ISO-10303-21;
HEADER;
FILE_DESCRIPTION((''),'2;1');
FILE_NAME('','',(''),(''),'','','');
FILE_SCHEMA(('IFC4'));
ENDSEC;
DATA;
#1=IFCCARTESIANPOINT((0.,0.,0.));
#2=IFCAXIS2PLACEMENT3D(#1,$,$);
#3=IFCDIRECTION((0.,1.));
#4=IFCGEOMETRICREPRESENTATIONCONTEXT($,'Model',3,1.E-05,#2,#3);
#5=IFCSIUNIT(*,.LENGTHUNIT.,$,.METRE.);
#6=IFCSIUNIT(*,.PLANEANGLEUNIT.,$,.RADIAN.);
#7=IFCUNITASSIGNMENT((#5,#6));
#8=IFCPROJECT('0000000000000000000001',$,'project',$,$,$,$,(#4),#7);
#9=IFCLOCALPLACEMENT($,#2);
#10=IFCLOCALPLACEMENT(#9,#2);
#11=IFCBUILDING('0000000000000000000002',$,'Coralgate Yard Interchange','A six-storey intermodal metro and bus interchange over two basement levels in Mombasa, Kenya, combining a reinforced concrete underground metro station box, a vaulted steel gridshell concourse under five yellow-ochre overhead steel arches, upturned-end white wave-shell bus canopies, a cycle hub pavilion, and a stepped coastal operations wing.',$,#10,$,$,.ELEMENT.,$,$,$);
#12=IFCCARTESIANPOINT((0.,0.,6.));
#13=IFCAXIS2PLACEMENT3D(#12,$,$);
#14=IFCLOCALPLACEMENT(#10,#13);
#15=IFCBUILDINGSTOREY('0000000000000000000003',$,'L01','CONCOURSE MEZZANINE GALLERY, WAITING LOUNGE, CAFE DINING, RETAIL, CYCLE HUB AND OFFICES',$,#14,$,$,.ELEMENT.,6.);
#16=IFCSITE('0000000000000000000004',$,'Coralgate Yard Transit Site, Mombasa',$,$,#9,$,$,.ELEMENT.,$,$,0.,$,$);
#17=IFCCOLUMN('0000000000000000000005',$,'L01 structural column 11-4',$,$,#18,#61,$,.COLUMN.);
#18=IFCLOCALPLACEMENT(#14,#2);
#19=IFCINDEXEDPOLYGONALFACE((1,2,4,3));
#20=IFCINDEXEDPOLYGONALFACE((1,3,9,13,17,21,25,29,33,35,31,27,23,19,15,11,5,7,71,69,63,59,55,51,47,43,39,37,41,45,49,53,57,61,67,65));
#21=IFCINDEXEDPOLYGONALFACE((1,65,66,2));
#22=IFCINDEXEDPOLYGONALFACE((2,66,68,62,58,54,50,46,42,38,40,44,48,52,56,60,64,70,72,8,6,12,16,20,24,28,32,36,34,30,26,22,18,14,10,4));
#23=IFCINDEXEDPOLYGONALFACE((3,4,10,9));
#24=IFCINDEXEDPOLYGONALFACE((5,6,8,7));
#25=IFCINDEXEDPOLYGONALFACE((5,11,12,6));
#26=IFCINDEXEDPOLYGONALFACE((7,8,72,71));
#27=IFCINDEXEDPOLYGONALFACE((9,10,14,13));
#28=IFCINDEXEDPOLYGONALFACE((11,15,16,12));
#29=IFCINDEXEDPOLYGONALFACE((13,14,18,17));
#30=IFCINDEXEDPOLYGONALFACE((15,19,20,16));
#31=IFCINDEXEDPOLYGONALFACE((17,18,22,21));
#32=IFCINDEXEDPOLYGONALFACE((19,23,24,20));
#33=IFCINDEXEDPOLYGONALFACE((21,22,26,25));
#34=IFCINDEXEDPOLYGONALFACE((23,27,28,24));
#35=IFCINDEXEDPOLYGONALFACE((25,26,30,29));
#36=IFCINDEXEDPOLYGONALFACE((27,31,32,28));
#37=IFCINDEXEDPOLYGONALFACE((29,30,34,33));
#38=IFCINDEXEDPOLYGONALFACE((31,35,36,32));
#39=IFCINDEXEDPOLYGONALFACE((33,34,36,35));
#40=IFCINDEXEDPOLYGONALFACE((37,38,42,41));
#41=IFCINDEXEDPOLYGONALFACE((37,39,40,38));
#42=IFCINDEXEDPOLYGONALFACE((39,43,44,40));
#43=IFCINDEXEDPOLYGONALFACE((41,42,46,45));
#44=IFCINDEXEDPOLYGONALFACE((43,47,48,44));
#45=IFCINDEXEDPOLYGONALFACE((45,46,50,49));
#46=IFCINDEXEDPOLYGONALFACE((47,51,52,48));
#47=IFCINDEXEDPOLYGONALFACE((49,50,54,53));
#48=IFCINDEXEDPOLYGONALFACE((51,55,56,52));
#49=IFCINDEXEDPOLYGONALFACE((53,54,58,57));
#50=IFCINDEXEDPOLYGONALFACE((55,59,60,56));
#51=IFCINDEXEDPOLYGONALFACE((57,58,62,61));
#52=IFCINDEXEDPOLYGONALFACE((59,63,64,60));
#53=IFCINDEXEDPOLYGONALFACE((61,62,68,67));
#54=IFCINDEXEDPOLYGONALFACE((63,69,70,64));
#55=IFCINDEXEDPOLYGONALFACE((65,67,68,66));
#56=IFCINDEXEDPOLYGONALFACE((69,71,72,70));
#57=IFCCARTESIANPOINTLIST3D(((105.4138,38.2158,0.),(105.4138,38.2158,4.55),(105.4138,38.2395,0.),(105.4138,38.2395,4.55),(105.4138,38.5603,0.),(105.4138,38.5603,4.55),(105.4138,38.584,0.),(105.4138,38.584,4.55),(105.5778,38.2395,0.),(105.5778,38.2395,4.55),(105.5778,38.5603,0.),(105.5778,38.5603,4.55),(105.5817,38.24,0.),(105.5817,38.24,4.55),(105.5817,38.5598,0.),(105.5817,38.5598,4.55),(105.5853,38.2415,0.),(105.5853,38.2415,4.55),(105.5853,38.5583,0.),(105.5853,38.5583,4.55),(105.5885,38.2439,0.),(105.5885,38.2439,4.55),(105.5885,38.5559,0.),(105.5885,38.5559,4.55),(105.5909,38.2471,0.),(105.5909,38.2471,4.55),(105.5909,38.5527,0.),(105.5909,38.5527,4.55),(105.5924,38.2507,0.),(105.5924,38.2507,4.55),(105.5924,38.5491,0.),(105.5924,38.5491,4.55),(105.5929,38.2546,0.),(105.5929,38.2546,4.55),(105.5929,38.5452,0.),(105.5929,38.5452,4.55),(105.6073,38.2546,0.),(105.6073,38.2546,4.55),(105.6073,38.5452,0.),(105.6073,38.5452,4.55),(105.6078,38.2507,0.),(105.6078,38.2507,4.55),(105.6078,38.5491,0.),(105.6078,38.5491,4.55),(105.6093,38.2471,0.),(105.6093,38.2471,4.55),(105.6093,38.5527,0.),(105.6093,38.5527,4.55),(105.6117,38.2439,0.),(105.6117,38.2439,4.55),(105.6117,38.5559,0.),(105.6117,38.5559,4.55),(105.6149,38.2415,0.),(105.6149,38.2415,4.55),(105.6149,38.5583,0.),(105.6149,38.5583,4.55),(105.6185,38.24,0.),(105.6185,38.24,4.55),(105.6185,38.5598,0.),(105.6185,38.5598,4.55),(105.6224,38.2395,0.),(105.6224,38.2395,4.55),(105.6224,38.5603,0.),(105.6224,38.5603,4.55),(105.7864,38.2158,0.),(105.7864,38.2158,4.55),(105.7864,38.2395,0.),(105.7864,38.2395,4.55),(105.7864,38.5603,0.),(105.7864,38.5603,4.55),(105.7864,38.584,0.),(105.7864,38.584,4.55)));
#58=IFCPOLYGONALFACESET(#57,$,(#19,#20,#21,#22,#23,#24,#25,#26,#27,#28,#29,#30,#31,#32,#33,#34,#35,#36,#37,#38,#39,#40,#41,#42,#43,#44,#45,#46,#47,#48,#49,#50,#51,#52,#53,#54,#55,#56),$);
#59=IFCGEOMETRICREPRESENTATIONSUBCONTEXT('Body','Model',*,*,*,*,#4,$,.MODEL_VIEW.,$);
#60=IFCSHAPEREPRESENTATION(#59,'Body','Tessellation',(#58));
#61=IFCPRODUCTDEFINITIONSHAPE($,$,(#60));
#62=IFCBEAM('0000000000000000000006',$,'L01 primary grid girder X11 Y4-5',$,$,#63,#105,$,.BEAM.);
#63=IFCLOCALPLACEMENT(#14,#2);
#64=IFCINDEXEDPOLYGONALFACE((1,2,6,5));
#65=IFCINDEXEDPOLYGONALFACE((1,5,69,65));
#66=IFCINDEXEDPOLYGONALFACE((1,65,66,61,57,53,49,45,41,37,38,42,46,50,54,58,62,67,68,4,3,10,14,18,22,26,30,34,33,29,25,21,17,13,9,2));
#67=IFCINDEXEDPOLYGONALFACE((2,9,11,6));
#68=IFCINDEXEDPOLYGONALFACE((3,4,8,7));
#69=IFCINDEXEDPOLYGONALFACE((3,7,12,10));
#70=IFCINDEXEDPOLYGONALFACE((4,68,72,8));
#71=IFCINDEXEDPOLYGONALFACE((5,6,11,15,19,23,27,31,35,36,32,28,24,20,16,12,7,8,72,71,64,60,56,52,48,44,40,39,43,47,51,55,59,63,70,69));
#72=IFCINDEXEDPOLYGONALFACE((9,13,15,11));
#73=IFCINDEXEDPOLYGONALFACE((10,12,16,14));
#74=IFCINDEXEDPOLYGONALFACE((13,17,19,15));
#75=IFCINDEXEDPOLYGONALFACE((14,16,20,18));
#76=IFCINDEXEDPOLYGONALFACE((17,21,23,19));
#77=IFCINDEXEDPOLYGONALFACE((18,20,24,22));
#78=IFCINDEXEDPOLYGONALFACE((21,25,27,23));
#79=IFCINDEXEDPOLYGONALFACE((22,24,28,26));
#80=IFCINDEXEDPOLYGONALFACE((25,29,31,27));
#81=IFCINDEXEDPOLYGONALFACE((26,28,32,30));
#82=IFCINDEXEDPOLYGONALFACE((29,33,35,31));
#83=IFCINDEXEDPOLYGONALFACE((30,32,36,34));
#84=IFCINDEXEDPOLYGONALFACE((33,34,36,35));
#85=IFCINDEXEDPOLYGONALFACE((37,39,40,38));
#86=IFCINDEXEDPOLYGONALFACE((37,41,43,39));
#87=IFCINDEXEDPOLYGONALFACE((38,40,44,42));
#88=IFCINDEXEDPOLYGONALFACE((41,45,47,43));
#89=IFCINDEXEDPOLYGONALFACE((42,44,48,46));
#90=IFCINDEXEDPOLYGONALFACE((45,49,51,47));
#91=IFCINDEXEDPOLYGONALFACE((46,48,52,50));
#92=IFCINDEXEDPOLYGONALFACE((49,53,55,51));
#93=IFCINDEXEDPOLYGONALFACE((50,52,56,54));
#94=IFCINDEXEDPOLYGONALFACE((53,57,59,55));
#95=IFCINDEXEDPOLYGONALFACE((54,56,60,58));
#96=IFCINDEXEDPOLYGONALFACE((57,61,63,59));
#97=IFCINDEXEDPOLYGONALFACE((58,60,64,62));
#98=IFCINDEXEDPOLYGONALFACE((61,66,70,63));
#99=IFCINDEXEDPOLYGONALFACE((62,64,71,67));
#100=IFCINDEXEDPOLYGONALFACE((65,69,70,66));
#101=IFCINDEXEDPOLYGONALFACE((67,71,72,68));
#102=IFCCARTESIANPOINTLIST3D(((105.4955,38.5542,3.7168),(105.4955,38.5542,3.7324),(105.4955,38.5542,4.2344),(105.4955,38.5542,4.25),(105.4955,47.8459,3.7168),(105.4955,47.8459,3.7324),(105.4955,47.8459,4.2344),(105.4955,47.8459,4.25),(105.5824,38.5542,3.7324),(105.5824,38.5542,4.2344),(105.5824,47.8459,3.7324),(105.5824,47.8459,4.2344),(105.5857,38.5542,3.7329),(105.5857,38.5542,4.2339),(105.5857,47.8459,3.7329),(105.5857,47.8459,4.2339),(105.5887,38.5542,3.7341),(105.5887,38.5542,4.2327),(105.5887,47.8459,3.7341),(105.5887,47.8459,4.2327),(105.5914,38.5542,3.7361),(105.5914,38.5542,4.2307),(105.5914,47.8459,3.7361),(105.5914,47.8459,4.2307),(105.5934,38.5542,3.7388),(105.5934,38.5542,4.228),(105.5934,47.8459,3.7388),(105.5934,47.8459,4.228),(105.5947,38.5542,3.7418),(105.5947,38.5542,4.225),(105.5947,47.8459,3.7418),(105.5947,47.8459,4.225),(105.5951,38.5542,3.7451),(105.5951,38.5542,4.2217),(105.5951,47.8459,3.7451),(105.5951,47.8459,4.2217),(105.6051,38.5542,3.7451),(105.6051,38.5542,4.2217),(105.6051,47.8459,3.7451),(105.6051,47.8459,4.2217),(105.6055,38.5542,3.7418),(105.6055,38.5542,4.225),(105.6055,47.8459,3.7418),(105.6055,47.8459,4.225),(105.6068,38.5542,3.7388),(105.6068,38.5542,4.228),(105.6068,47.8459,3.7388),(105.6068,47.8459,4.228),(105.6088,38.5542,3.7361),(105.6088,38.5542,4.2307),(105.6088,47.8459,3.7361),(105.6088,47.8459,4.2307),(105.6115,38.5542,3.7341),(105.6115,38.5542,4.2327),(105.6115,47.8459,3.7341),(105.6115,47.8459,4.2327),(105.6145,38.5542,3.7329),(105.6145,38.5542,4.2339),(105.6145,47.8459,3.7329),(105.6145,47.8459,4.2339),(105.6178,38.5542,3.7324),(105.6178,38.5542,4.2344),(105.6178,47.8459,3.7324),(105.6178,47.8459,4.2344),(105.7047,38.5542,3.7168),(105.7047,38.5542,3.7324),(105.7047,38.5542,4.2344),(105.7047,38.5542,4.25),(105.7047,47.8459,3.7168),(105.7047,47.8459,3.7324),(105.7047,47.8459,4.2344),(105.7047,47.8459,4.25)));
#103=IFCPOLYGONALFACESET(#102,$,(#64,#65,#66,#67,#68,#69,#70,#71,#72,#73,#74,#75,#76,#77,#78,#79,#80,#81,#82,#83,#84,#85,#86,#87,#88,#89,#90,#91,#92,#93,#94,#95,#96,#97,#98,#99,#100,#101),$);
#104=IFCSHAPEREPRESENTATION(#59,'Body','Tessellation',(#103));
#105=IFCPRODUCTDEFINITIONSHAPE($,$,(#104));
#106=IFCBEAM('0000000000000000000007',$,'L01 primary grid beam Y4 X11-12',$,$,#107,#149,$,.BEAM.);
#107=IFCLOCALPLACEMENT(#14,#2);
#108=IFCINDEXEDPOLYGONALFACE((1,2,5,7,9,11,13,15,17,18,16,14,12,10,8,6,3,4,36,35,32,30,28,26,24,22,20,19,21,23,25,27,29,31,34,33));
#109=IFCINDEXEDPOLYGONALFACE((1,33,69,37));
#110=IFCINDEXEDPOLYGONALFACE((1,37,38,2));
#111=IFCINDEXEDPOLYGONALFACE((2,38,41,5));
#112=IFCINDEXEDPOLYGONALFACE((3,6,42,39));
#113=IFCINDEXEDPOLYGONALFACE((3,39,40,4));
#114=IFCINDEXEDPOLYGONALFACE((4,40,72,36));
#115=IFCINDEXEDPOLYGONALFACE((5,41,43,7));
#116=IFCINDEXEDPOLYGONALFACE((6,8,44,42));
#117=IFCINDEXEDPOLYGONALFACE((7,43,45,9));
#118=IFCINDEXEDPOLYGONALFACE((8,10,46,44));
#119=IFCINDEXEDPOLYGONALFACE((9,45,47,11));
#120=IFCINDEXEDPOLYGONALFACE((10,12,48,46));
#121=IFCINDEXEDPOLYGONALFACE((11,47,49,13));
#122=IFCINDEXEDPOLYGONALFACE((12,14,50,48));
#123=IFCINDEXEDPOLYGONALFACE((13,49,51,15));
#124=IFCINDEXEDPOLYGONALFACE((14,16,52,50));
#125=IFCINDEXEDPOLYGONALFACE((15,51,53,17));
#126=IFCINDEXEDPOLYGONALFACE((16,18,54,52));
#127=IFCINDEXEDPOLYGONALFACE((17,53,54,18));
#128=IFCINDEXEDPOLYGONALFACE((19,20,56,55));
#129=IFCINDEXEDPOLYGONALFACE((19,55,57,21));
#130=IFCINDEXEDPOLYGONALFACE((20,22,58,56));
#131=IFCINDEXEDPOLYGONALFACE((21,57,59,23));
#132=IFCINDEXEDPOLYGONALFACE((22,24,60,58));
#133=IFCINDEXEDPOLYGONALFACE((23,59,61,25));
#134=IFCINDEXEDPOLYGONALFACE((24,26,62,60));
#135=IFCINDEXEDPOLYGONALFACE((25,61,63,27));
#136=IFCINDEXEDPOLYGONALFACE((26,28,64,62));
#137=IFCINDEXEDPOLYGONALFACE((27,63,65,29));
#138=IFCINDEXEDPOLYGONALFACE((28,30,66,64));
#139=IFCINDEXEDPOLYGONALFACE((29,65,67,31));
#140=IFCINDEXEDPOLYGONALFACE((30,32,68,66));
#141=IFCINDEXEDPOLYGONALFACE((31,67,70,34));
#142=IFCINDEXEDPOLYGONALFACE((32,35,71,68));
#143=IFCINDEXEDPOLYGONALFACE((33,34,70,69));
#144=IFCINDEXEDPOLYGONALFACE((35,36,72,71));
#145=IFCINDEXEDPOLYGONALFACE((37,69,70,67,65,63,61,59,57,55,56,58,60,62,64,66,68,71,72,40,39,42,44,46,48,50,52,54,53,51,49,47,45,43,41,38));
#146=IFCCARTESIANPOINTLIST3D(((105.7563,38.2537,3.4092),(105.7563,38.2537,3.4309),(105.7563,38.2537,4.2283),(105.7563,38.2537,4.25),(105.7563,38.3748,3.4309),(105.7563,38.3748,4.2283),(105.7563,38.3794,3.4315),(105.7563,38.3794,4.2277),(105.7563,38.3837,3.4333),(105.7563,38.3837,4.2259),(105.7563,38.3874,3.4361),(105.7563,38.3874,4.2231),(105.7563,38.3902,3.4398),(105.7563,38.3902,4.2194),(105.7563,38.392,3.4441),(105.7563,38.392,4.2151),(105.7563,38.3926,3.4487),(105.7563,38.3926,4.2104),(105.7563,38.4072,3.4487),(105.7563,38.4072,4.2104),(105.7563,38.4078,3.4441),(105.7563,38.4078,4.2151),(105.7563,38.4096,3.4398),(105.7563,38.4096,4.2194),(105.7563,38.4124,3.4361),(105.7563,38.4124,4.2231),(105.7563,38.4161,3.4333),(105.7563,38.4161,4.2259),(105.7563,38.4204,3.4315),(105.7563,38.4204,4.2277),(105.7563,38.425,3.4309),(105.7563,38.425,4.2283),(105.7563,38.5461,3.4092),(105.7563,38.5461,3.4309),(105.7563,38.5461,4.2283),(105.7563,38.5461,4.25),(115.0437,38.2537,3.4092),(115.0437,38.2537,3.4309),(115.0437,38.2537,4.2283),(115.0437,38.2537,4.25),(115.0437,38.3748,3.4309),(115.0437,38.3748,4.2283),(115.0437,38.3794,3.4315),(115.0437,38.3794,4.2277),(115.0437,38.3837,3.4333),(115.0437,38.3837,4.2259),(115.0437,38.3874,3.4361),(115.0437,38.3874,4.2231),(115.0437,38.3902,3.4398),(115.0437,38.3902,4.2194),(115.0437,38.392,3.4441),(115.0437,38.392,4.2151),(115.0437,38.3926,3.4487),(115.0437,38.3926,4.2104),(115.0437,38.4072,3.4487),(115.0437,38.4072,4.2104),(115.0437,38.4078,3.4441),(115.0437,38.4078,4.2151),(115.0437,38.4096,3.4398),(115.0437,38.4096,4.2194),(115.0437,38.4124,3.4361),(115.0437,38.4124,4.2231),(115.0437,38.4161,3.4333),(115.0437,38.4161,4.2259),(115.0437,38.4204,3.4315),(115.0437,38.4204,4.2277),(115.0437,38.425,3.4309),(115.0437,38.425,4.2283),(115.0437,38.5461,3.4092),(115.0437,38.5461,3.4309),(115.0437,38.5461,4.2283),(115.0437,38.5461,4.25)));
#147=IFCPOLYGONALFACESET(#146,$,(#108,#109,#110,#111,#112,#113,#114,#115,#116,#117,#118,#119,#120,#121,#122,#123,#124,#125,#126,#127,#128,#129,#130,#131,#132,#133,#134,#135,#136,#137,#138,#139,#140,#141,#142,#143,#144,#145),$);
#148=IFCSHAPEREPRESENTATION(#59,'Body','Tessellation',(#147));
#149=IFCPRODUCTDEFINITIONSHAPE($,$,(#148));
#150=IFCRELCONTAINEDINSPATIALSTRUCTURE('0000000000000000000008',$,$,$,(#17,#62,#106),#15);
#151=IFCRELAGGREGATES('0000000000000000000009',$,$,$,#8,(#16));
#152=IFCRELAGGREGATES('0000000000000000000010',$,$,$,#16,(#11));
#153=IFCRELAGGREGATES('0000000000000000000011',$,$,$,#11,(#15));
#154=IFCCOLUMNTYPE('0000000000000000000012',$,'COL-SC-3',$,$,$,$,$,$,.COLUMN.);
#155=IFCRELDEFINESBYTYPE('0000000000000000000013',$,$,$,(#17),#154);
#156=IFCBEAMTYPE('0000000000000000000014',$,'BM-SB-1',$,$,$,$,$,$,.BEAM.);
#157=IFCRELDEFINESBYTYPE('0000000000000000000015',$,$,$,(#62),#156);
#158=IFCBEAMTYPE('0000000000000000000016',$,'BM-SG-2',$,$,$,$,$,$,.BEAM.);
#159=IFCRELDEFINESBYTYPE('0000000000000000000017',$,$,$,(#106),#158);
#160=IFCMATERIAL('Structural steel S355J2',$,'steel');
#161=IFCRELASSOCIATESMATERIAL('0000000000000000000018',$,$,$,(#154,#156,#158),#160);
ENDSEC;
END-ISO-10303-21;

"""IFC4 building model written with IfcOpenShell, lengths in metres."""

from ifc_helpers import new_model, si_unit, direction, frame, origin, origin_2d, place, context, subcontext, project, spatial, i_section, extrude, material, material_profile, profile_set, type_object, element, save


model = new_model("IFC4")

# Units and contexts
model_context = context("Model", 3, precision=1e-05, world=origin(), true_north=direction((0.0, 1.0)))
body_context = subcontext(model_context, "Body", "Model", "MODEL_VIEW")
ifc_project = project(units=[si_unit("LENGTHUNIT", "METRE"), si_unit("PLANEANGLEUNIT", "RADIAN")], contexts=[model_context])

# Site, building, storey
site_placement = place(None, origin())
site = spatial("IfcSite", under=ifc_project, at=site_placement, Name="Coralgate Yard Transit Site, Mombasa", CompositionType="ELEMENT", RefElevation=0.0)
building_placement = place(site_placement, origin())
building = spatial("IfcBuilding", under=site, at=building_placement, Name="Coralgate Yard Interchange", Description="A six-storey intermodal metro and bus interchange over two basement levels in Mombasa, Kenya, combining a reinforced concrete underground metro station box, a vaulted steel gridshell concourse under five yellow-ochre overhead steel arches, upturned-end white wave-shell bus canopies, a cycle hub pavilion, and a stepped coastal operations wing.", CompositionType="ELEMENT")
storey_placement = place(building_placement, frame((0.0, 0.0, 6.0)))
storey = spatial("IfcBuildingStorey", under=building, at=storey_placement, Name="L01", Description="CONCOURSE MEZZANINE GALLERY, WAITING LOUNGE, CAFE DINING, RETAIL, CYCLE HUB AND OFFICES", CompositionType="ELEMENT", Elevation=6.0)

# Column
ifc_material_1 = material(Name="Structural steel S355J2", Category="steel")
ifc_material_profile_1 = material_profile(ifc_material_1, i_section(OverallWidth=0.3726, OverallDepth=0.3682, WebThickness=0.0144, FlangeThickness=0.0237, FilletRadius=0.0151, at=origin_2d()), Name="UC 356x368x177")
ifc_profile_set_1 = profile_set([ifc_material_profile_1], Name="Structural steel S355J2")
column_type = type_object("IfcColumnType", Name="COL-SC-3", PredefinedType="COLUMN", material=ifc_profile_set_1)
column_placement = place(storey_placement, frame((105.6001, 38.3999, 0.0), z_axis=(0.0, 0.0, 1.0), x_axis=(1.0, 0.0, 0.0)))
element("IfcColumn", 1, at=column_placement, inside=storey, type_object=column_type, Name="L01 structural column 11-4", PredefinedType="COLUMN", context=body_context, shape_type="SweptSolid", body=[
    extrude(i_section(OverallWidth=0.3726, OverallDepth=0.3682, WebThickness=0.0144, FlangeThickness=0.0237, FilletRadius=0.0151, at=origin_2d()), origin(), (0.0, 0.0, 1.0), 4.55),
])

# Beams
ifc_material_profile_2 = material_profile(ifc_material_1, i_section(OverallWidth=0.2092, OverallDepth=0.5332, WebThickness=0.01, FlangeThickness=0.0156, FilletRadius=0.0127, at=origin_2d()), Name="UB 533x210x92")
ifc_profile_set_2 = profile_set([ifc_material_profile_2], Name="Structural steel S355J2")
beam_type_1 = type_object("IfcBeamType", Name="BM-SB-1", PredefinedType="BEAM", material=ifc_profile_set_2)
beam_1_placement = place(storey_placement, frame((105.6001, 38.5542, 3.9834), z_axis=(0.0, 1.0, 0.0), x_axis=(-1.0, 0.0, 0.0)))
element("IfcBeam", 2, at=beam_1_placement, inside=storey, type_object=beam_type_1, Name="L01 primary grid girder X11 Y4-5", PredefinedType="BEAM", context=body_context, shape_type="SweptSolid", body=[
    extrude(i_section(OverallWidth=0.2092, OverallDepth=0.5332, WebThickness=0.01, FlangeThickness=0.0156, FilletRadius=0.0127, at=origin_2d()), origin(), (0.0, 0.0, 1.0), 9.2917),
])
ifc_material_profile_3 = material_profile(ifc_material_1, i_section(OverallWidth=0.2925, OverallDepth=0.8408, WebThickness=0.0146, FlangeThickness=0.0217, FilletRadius=0.0178, at=origin_2d()), Name="UB 838x292x194")
ifc_profile_set_3 = profile_set([ifc_material_profile_3], Name="Structural steel S355J2")
beam_type_2 = type_object("IfcBeamType", Name="BM-SG-2", PredefinedType="BEAM", material=ifc_profile_set_3)
beam_2_placement = place(storey_placement, frame((105.7563, 38.3999, 3.8296), z_axis=(1.0, 0.0, 0.0), x_axis=(0.0, 1.0, 0.0)))
element("IfcBeam", 3, at=beam_2_placement, inside=storey, type_object=beam_type_2, Name="L01 primary grid beam Y4 X11-12", PredefinedType="BEAM", context=body_context, shape_type="SweptSolid", body=[
    extrude(i_section(OverallWidth=0.2925, OverallDepth=0.8408, WebThickness=0.0146, FlangeThickness=0.0217, FilletRadius=0.0178, at=origin_2d()), origin(), (0.0, 0.0, 1.0), 9.2874),
])

save(model, "model.ifc")
